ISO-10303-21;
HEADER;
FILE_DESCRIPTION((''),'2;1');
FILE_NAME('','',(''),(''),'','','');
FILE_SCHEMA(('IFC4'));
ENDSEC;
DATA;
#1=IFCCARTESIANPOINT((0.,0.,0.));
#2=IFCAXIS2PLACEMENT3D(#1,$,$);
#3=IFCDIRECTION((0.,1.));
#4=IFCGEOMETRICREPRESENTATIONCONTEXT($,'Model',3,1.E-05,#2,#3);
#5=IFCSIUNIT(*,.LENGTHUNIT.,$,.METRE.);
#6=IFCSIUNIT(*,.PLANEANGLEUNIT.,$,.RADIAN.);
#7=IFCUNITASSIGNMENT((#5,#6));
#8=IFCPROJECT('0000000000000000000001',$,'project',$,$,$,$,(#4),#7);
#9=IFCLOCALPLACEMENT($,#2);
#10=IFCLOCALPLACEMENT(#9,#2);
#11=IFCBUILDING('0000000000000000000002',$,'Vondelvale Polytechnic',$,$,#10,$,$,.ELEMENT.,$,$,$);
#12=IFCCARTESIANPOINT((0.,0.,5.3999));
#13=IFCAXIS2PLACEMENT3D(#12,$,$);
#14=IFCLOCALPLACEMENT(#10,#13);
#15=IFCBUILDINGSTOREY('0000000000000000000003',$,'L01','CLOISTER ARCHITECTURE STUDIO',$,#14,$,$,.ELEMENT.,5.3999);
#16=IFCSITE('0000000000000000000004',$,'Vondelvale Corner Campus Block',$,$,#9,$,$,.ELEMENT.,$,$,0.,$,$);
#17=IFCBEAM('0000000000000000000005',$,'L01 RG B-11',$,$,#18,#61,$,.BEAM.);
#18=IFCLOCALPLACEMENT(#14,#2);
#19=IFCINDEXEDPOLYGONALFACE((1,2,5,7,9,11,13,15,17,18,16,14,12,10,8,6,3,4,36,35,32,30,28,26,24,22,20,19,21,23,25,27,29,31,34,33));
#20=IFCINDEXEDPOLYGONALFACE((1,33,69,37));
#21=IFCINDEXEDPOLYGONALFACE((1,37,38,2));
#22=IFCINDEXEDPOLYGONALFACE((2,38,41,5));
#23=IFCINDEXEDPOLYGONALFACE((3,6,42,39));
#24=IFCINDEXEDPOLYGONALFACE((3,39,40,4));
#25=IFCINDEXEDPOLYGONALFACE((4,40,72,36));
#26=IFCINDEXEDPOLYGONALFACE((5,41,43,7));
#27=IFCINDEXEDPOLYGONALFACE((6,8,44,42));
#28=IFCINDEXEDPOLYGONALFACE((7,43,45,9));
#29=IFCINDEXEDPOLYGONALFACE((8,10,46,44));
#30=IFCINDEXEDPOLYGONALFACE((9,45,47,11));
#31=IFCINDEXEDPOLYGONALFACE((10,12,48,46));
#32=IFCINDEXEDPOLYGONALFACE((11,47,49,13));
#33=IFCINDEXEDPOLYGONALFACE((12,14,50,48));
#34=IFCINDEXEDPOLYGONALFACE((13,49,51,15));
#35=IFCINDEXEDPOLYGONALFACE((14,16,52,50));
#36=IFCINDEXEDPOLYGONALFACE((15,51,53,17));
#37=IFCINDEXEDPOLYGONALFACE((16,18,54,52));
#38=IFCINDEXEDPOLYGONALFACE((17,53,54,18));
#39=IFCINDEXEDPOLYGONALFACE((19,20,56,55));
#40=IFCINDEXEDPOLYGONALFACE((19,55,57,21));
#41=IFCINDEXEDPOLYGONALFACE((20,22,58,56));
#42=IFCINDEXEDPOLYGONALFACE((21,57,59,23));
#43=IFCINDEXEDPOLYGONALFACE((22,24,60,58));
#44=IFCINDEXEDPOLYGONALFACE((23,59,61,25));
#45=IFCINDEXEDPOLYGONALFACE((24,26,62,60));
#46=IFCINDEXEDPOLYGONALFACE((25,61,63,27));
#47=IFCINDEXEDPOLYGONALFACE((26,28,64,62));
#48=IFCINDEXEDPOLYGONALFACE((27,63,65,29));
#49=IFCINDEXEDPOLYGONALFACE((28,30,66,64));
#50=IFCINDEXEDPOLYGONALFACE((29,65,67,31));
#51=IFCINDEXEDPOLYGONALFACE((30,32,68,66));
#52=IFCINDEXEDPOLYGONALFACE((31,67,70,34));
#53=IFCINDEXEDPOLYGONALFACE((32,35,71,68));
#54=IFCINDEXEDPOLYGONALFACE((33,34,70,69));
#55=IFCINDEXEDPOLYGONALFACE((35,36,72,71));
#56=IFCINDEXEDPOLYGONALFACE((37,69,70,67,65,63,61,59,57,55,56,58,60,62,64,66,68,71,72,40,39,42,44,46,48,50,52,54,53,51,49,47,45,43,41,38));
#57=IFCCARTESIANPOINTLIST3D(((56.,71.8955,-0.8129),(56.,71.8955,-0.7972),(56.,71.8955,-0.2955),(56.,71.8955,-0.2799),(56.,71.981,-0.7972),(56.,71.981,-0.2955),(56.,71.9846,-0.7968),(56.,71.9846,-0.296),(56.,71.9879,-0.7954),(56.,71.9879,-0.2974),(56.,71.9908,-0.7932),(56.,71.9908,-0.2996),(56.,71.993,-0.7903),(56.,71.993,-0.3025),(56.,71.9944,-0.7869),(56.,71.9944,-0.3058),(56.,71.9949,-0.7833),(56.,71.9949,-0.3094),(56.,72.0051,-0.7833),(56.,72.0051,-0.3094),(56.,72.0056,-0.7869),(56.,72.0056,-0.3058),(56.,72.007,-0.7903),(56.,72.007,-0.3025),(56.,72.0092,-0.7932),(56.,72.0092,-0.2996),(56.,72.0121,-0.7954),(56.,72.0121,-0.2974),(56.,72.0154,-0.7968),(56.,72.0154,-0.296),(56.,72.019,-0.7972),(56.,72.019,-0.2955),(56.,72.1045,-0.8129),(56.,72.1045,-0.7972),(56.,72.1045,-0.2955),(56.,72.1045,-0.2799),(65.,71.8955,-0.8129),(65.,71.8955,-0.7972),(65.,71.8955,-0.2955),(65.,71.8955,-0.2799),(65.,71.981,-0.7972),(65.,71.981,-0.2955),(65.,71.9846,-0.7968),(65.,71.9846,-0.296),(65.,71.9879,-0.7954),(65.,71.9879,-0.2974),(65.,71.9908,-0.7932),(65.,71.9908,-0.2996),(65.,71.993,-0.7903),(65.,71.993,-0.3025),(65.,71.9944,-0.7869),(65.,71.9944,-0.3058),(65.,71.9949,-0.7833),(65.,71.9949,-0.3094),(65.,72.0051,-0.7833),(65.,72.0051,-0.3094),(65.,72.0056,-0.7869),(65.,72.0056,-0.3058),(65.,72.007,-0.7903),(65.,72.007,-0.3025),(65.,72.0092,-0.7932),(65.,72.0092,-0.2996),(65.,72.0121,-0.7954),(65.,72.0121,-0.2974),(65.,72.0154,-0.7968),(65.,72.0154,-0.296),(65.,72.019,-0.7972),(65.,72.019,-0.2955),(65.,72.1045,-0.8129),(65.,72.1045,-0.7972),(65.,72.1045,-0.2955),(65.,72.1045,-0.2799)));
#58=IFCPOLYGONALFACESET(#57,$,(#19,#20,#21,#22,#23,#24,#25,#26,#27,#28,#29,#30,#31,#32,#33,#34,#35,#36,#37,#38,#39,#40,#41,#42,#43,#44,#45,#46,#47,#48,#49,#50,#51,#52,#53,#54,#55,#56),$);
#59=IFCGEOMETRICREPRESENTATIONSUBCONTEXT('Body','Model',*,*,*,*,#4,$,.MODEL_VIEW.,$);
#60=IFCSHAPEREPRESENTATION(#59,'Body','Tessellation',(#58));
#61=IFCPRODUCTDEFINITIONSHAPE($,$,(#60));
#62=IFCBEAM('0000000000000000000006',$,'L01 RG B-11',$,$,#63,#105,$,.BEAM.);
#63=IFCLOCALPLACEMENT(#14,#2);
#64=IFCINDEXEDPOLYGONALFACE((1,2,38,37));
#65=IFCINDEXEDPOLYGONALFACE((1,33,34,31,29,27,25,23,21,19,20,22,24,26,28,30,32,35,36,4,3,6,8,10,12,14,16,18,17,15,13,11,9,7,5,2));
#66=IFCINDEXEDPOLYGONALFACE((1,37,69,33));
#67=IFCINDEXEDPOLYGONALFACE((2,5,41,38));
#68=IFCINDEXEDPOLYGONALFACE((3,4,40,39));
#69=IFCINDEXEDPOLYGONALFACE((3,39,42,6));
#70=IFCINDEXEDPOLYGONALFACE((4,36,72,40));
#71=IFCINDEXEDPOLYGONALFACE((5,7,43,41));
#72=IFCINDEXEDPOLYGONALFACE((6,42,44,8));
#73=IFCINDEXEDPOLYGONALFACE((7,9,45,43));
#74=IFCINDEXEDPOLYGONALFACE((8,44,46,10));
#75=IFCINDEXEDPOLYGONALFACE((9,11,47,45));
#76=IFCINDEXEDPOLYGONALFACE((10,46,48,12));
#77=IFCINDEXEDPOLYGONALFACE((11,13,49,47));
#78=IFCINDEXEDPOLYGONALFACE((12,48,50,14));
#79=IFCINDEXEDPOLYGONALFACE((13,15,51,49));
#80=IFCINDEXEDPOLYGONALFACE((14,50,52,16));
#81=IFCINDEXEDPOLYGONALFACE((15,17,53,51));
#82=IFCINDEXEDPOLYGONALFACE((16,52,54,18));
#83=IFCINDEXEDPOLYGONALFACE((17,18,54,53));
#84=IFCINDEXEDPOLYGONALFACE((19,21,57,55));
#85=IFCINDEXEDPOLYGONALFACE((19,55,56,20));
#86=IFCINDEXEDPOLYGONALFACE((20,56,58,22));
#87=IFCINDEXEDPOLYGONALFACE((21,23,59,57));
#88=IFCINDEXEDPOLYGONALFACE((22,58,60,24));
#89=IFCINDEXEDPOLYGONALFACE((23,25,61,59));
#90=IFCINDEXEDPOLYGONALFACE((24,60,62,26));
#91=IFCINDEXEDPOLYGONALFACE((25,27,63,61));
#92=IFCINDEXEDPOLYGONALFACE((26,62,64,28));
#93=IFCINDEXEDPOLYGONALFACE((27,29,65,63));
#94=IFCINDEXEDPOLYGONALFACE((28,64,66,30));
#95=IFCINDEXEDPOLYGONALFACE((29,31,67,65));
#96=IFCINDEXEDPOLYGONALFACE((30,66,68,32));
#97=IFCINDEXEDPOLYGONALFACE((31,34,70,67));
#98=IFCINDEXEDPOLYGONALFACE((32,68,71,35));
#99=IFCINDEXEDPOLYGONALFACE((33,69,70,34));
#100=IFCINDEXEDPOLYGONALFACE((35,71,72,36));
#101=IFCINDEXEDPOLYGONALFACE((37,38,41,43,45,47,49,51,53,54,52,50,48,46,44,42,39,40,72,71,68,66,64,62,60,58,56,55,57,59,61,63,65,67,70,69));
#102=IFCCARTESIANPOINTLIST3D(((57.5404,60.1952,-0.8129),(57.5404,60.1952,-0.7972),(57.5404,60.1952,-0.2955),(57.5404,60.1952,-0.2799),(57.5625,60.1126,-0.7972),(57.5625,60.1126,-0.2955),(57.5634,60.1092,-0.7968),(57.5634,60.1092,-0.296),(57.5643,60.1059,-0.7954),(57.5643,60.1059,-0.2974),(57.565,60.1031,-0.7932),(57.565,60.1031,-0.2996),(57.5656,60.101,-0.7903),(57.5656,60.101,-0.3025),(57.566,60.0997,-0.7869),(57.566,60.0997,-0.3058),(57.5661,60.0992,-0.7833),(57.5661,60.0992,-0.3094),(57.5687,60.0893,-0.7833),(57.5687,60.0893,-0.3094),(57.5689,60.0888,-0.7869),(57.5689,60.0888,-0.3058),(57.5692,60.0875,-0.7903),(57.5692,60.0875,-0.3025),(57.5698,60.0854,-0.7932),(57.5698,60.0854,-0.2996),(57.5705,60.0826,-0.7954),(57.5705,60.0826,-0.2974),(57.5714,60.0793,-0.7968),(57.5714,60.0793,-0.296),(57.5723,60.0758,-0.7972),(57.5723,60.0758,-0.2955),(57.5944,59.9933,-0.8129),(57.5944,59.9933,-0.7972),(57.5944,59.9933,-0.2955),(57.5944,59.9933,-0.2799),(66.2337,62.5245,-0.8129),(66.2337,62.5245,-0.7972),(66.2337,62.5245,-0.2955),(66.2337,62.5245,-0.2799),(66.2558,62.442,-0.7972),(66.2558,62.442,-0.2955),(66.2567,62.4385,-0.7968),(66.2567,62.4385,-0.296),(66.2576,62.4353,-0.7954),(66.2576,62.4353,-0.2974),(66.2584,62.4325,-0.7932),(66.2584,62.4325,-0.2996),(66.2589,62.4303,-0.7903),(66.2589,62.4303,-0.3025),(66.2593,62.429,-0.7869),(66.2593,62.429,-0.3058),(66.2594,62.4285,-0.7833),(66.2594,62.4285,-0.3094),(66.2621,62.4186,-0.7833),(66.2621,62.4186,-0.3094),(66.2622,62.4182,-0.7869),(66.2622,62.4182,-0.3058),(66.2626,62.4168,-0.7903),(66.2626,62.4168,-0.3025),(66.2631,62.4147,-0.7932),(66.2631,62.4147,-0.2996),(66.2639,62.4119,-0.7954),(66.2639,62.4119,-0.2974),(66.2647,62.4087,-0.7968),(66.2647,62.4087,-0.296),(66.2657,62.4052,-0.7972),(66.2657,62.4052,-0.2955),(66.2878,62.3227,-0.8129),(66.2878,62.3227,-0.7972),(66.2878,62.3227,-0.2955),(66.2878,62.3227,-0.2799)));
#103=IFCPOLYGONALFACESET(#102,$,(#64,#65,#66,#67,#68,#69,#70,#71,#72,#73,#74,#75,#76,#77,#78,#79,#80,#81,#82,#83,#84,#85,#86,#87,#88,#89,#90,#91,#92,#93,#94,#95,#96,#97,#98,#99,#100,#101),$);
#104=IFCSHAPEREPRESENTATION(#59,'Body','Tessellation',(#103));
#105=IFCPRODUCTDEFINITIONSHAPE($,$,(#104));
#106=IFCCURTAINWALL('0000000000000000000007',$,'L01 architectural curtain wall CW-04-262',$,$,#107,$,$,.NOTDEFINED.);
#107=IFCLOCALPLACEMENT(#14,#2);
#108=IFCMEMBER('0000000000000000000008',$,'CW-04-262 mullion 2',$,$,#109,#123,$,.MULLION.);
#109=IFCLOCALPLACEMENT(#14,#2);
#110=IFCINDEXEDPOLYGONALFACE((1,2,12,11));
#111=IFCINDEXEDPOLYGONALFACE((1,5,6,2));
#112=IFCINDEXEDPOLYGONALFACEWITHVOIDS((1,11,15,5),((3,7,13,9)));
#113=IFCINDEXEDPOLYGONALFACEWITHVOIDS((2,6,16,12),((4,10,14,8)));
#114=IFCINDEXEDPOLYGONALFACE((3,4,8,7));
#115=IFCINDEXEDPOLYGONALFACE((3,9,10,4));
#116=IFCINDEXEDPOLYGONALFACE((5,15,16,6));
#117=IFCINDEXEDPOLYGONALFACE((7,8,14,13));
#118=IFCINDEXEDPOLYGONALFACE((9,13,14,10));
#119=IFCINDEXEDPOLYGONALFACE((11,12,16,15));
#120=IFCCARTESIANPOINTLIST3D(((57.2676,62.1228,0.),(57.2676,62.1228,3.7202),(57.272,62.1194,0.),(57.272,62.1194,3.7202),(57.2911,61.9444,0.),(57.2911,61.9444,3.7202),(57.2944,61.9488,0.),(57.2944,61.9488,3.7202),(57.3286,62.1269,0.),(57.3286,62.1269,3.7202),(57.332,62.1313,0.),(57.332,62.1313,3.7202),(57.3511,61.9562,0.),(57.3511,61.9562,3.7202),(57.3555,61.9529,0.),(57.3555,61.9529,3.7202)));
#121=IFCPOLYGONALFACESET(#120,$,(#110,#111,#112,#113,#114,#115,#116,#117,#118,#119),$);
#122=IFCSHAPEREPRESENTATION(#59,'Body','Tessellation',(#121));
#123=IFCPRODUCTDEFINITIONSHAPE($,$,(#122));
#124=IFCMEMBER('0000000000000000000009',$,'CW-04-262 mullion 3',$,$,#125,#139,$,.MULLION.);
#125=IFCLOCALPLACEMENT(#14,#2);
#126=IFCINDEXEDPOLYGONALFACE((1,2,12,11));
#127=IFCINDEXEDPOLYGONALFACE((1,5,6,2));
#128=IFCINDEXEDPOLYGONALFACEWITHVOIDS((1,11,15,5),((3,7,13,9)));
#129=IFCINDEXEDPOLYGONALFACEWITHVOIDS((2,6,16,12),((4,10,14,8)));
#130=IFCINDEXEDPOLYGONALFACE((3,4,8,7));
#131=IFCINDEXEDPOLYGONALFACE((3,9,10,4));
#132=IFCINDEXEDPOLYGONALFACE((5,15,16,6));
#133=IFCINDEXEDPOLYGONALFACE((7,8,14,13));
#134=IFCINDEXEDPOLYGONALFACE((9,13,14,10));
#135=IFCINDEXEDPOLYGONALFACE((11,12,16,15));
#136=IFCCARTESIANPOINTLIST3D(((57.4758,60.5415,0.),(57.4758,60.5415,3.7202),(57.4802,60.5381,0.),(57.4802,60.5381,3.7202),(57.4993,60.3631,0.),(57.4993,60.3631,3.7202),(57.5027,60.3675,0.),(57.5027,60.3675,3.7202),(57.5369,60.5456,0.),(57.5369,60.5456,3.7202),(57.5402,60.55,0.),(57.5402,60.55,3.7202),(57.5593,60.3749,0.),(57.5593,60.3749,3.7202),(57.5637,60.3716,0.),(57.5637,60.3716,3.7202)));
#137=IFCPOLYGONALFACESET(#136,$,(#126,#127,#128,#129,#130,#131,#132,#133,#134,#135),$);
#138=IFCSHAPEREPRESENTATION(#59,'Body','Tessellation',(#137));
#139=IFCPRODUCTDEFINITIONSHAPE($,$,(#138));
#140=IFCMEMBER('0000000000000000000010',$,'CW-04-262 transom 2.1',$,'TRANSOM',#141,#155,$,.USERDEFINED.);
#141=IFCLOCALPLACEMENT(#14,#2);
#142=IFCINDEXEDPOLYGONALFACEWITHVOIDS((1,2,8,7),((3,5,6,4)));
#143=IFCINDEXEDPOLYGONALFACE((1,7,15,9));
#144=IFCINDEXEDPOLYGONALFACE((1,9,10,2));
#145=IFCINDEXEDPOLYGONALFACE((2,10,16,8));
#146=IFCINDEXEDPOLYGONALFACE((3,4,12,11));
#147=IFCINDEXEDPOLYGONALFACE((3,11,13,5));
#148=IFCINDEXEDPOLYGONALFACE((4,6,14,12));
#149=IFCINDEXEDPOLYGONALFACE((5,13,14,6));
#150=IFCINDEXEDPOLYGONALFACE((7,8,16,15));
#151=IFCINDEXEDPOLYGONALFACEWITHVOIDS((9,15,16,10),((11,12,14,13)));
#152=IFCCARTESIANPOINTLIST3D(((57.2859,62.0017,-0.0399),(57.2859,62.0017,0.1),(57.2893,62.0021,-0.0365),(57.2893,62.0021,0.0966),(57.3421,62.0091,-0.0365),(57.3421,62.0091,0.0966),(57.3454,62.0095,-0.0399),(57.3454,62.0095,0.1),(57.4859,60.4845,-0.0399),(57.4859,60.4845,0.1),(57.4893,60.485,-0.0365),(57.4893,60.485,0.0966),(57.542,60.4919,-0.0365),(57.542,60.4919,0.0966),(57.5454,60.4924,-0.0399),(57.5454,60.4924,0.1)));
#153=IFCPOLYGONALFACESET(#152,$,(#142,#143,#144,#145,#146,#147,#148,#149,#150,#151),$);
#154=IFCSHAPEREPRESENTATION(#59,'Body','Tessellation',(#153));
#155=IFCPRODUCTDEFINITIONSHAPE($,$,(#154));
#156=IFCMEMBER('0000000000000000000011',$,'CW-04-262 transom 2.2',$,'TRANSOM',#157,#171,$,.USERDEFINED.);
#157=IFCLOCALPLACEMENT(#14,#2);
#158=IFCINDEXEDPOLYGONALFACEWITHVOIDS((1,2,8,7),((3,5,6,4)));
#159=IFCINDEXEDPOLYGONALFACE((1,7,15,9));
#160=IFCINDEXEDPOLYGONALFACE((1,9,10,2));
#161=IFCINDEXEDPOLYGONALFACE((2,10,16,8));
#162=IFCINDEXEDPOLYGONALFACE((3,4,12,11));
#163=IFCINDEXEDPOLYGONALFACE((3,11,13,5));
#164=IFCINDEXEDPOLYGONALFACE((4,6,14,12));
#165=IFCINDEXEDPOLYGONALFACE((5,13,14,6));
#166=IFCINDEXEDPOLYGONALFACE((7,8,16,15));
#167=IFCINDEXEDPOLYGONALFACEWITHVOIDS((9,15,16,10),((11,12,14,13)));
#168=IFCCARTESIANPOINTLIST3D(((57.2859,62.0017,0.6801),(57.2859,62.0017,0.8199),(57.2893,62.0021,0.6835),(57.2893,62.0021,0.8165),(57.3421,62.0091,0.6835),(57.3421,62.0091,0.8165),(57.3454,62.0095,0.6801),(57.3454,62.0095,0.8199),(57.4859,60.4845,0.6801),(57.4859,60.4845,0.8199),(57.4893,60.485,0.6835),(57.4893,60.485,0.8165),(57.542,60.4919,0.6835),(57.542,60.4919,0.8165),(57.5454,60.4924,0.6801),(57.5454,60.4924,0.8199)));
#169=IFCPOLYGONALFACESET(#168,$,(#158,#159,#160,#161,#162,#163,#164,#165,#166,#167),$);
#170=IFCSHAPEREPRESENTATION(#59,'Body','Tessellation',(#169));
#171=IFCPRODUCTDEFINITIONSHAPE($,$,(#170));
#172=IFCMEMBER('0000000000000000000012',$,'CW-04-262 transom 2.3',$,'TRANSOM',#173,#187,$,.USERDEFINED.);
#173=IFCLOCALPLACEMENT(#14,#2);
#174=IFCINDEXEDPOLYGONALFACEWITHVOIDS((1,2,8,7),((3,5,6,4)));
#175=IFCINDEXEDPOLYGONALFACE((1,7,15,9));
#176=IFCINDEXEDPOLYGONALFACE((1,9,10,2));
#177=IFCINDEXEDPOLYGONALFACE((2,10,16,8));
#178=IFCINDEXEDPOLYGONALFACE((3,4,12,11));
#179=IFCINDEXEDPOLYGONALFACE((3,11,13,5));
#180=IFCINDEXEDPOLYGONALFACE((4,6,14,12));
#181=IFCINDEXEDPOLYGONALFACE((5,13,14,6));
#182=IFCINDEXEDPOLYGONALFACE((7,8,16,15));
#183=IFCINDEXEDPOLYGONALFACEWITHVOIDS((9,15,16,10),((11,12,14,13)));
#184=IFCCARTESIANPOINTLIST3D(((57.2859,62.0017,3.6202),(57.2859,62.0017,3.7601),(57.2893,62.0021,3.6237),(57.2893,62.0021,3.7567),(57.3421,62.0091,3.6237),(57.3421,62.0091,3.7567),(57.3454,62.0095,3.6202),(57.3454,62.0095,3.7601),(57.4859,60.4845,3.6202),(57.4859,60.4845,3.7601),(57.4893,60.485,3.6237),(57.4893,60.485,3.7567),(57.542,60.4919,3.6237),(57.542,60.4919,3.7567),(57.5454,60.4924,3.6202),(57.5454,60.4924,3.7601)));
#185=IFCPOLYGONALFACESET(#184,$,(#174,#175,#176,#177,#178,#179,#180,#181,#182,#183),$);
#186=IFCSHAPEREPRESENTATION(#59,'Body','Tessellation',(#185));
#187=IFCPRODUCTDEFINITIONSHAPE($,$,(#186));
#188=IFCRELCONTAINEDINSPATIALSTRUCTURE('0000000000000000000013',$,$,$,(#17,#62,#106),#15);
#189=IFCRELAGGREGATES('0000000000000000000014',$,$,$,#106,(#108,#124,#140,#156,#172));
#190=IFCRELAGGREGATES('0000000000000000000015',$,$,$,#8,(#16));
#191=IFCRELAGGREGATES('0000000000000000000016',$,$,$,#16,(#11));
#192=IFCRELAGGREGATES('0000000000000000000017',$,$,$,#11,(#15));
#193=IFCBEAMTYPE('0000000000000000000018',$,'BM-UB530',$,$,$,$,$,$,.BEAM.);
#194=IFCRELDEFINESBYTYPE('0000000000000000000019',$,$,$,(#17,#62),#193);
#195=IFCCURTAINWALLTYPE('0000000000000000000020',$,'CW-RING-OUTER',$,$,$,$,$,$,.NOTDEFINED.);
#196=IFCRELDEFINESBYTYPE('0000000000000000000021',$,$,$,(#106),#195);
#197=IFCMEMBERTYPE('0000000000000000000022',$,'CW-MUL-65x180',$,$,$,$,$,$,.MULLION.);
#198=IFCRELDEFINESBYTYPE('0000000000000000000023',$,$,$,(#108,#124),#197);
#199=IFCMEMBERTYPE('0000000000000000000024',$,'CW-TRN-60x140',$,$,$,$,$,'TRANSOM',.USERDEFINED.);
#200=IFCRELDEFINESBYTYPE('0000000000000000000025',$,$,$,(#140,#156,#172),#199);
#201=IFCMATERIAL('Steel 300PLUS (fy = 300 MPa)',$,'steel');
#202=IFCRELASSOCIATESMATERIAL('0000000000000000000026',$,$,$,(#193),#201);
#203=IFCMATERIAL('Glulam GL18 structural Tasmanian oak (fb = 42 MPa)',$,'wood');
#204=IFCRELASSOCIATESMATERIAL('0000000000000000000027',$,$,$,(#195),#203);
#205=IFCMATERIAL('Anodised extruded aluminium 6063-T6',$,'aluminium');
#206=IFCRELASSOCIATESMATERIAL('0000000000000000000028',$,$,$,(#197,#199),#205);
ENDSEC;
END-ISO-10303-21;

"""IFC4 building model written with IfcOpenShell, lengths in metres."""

from ifc_helpers import new_model, si_unit, direction, frame, origin, origin_2d, place, context, subcontext, project, spatial, hollow_rectangle, i_section, extrude, material, material_profile, profile_set, type_object, element, aggregate, save


model = new_model("IFC4")

# Units and contexts
model_context = context("Model", 3, precision=1e-05, world=origin(), true_north=direction((0.0, 1.0)))
body_context = subcontext(model_context, "Body", "Model", "MODEL_VIEW")
ifc_project = project(units=[si_unit("LENGTHUNIT", "METRE"), si_unit("PLANEANGLEUNIT", "RADIAN")], contexts=[model_context])

# Site, building, storey
site_placement = place(None, origin())
site = spatial("IfcSite", under=ifc_project, at=site_placement, Name="Vondelvale Corner Campus Block", CompositionType="ELEMENT", RefElevation=0.0)
building_placement = place(site_placement, origin())
building = spatial("IfcBuilding", under=site, at=building_placement, Name="Vondelvale Polytechnic", CompositionType="ELEMENT")
storey_placement = place(building_placement, frame((0.0, 0.0, 5.3999)))
storey = spatial("IfcBuildingStorey", under=building, at=storey_placement, Name="L01", Description="CLOISTER ARCHITECTURE STUDIO", CompositionType="ELEMENT", Elevation=5.3999)

# Shared definitions
ifc_material_1 = material(Name="Steel 300PLUS (fy = 300 MPa)", Category="steel")

# Beams
ifc_material_profile_1 = material_profile(ifc_material_1, i_section(OverallWidth=0.209, OverallDepth=0.533, WebThickness=0.0103, FlangeThickness=0.0156, FilletRadius=0.0139, at=origin_2d()), Name="530UB92.4")
ifc_profile_set_1 = profile_set([ifc_material_profile_1], Name="Steel 300PLUS (fy = 300 MPa)")
beam_type_1 = type_object("IfcBeamType", Name="BM-UB530", PredefinedType="BEAM", material=ifc_profile_set_1)
for number, where, z_axis, x_axis, name in (
    (1, (65.0, 72.0, -0.5464), (-1.0, 0.0, 0.0), (0.0, -1.0, 0.0), "L01 RG B-11"),
    (2, (66.2607, 62.4236, -0.5464), (-0.965927, -0.258816, 0.0), (0.258816, -0.965927, 0.0), "L01 RG B-11"),
):
    element("IfcBeam", number, at=place(storey_placement, frame(where, z_axis=z_axis, x_axis=x_axis)), inside=storey, type_object=beam_type_1, Name=name, PredefinedType="BEAM", context=body_context, shape_type="SweptSolid", body=[
        extrude(i_section(OverallWidth=0.209, OverallDepth=0.533, WebThickness=0.0103, FlangeThickness=0.0156, FilletRadius=0.0139, at=origin_2d()), origin(), (0.0, 0.0, 1.0), 9.0),
    ])

# Curtain wall, members
ifc_material_2 = material(Name="Glulam GL18 structural Tasmanian oak (fb = 42 MPa)", Category="wood")
curtain_wall_type = type_object("IfcCurtainWallType", Name="CW-RING-OUTER", PredefinedType="NOTDEFINED", material=ifc_material_2)
curtain_wall_placement = place(storey_placement, origin())
curtain_wall = element("IfcCurtainWall", 3, at=curtain_wall_placement, inside=storey, type_object=curtain_wall_type, Name="L01 architectural curtain wall CW-04-262", PredefinedType="NOTDEFINED")
ifc_material_3 = material(Name="Anodised extruded aluminium 6063-T6", Category="aluminium")
ifc_material_profile_2 = material_profile(ifc_material_3, hollow_rectangle(XDim=0.0649, YDim=0.1799, WallThickness=0.0039, at=origin_2d()), Name="CW-MUL-180x65")
ifc_profile_set_2 = profile_set([ifc_material_profile_2], Name="Anodised extruded aluminium 6063-T6")
member_type_1 = type_object("IfcMemberType", Name="CW-MUL-65x180", PredefinedType="MULLION", material=ifc_profile_set_2)
member_1_placement = place(storey_placement, frame((57.3115, 62.0378, 0.0), z_axis=(0.0, 0.0, 1.0), x_axis=(0.991443, 0.13054, 0.0)))
member_1 = element("IfcMember", 4, at=member_1_placement, type_object=member_type_1, Name="CW-04-262 mullion 2", PredefinedType="MULLION", context=body_context, shape_type="SweptSolid", body=[
    extrude(hollow_rectangle(XDim=0.0649, YDim=0.1799, WallThickness=0.0039, at=origin_2d()), origin(), (0.0, 0.0, 1.0), 3.7202),
])
member_2_placement = place(storey_placement, frame((57.5198, 60.4565, 0.0), z_axis=(0.0, 0.0, 1.0), x_axis=(0.991443, 0.13054, 0.0)))
member_2 = element("IfcMember", 5, at=member_2_placement, type_object=member_type_1, Name="CW-04-262 mullion 3", PredefinedType="MULLION", context=body_context, shape_type="SweptSolid", body=[
    extrude(hollow_rectangle(XDim=0.0649, YDim=0.1799, WallThickness=0.0039, at=origin_2d()), origin(), (0.0, 0.0, 1.0), 3.7202),
])
ifc_material_profile_3 = material_profile(ifc_material_3, hollow_rectangle(XDim=0.0601, YDim=0.1399, WallThickness=0.0034, at=origin_2d()), Name="CW-TRN-140x60")
ifc_profile_set_3 = profile_set([ifc_material_profile_3], Name="Anodised extruded aluminium 6063-T6")
member_type_2 = type_object("IfcMemberType", Name="CW-TRN-60x140", ElementType="TRANSOM", PredefinedType="USERDEFINED", material=ifc_profile_set_3)
member_3_placement = place(storey_placement, frame((57.3157, 62.0056, 0.03), z_axis=(0.130669, -0.991426, 0.0), x_axis=(0.991426, 0.130669, 0.0)))
member_3 = element("IfcMember", 6, at=member_3_placement, type_object=member_type_2, Name="CW-04-262 transom 2.1", ObjectType="TRANSOM", PredefinedType="USERDEFINED", context=body_context, shape_type="SweptSolid", body=[
    extrude(hollow_rectangle(XDim=0.0601, YDim=0.1399, WallThickness=0.0034, at=origin_2d()), origin(), (0.0, 0.0, 1.0), 1.5303),
])
member_4_placement = place(storey_placement, frame((57.3157, 62.0056, 0.75), z_axis=(0.130669, -0.991426, 0.0), x_axis=(0.991426, 0.130669, 0.0)))
member_4 = element("IfcMember", 7, at=member_4_placement, type_object=member_type_2, Name="CW-04-262 transom 2.2", ObjectType="TRANSOM", PredefinedType="USERDEFINED", context=body_context, shape_type="SweptSolid", body=[
    extrude(hollow_rectangle(XDim=0.0601, YDim=0.1399, WallThickness=0.0034, at=origin_2d()), origin(), (0.0, 0.0, 1.0), 1.5303),
])
member_5_placement = place(storey_placement, frame((57.3157, 62.0056, 3.6902), z_axis=(0.130669, -0.991426, 0.0), x_axis=(0.991426, 0.130669, 0.0)))
member_5 = element("IfcMember", 8, at=member_5_placement, type_object=member_type_2, Name="CW-04-262 transom 2.3", ObjectType="TRANSOM", PredefinedType="USERDEFINED", context=body_context, shape_type="SweptSolid", body=[
    extrude(hollow_rectangle(XDim=0.0601, YDim=0.1399, WallThickness=0.0034, at=origin_2d()), origin(), (0.0, 0.0, 1.0), 1.5303),
])

aggregate(curtain_wall, [member_1, member_2, member_3, member_4, member_5])

save(model, "model.ifc")
